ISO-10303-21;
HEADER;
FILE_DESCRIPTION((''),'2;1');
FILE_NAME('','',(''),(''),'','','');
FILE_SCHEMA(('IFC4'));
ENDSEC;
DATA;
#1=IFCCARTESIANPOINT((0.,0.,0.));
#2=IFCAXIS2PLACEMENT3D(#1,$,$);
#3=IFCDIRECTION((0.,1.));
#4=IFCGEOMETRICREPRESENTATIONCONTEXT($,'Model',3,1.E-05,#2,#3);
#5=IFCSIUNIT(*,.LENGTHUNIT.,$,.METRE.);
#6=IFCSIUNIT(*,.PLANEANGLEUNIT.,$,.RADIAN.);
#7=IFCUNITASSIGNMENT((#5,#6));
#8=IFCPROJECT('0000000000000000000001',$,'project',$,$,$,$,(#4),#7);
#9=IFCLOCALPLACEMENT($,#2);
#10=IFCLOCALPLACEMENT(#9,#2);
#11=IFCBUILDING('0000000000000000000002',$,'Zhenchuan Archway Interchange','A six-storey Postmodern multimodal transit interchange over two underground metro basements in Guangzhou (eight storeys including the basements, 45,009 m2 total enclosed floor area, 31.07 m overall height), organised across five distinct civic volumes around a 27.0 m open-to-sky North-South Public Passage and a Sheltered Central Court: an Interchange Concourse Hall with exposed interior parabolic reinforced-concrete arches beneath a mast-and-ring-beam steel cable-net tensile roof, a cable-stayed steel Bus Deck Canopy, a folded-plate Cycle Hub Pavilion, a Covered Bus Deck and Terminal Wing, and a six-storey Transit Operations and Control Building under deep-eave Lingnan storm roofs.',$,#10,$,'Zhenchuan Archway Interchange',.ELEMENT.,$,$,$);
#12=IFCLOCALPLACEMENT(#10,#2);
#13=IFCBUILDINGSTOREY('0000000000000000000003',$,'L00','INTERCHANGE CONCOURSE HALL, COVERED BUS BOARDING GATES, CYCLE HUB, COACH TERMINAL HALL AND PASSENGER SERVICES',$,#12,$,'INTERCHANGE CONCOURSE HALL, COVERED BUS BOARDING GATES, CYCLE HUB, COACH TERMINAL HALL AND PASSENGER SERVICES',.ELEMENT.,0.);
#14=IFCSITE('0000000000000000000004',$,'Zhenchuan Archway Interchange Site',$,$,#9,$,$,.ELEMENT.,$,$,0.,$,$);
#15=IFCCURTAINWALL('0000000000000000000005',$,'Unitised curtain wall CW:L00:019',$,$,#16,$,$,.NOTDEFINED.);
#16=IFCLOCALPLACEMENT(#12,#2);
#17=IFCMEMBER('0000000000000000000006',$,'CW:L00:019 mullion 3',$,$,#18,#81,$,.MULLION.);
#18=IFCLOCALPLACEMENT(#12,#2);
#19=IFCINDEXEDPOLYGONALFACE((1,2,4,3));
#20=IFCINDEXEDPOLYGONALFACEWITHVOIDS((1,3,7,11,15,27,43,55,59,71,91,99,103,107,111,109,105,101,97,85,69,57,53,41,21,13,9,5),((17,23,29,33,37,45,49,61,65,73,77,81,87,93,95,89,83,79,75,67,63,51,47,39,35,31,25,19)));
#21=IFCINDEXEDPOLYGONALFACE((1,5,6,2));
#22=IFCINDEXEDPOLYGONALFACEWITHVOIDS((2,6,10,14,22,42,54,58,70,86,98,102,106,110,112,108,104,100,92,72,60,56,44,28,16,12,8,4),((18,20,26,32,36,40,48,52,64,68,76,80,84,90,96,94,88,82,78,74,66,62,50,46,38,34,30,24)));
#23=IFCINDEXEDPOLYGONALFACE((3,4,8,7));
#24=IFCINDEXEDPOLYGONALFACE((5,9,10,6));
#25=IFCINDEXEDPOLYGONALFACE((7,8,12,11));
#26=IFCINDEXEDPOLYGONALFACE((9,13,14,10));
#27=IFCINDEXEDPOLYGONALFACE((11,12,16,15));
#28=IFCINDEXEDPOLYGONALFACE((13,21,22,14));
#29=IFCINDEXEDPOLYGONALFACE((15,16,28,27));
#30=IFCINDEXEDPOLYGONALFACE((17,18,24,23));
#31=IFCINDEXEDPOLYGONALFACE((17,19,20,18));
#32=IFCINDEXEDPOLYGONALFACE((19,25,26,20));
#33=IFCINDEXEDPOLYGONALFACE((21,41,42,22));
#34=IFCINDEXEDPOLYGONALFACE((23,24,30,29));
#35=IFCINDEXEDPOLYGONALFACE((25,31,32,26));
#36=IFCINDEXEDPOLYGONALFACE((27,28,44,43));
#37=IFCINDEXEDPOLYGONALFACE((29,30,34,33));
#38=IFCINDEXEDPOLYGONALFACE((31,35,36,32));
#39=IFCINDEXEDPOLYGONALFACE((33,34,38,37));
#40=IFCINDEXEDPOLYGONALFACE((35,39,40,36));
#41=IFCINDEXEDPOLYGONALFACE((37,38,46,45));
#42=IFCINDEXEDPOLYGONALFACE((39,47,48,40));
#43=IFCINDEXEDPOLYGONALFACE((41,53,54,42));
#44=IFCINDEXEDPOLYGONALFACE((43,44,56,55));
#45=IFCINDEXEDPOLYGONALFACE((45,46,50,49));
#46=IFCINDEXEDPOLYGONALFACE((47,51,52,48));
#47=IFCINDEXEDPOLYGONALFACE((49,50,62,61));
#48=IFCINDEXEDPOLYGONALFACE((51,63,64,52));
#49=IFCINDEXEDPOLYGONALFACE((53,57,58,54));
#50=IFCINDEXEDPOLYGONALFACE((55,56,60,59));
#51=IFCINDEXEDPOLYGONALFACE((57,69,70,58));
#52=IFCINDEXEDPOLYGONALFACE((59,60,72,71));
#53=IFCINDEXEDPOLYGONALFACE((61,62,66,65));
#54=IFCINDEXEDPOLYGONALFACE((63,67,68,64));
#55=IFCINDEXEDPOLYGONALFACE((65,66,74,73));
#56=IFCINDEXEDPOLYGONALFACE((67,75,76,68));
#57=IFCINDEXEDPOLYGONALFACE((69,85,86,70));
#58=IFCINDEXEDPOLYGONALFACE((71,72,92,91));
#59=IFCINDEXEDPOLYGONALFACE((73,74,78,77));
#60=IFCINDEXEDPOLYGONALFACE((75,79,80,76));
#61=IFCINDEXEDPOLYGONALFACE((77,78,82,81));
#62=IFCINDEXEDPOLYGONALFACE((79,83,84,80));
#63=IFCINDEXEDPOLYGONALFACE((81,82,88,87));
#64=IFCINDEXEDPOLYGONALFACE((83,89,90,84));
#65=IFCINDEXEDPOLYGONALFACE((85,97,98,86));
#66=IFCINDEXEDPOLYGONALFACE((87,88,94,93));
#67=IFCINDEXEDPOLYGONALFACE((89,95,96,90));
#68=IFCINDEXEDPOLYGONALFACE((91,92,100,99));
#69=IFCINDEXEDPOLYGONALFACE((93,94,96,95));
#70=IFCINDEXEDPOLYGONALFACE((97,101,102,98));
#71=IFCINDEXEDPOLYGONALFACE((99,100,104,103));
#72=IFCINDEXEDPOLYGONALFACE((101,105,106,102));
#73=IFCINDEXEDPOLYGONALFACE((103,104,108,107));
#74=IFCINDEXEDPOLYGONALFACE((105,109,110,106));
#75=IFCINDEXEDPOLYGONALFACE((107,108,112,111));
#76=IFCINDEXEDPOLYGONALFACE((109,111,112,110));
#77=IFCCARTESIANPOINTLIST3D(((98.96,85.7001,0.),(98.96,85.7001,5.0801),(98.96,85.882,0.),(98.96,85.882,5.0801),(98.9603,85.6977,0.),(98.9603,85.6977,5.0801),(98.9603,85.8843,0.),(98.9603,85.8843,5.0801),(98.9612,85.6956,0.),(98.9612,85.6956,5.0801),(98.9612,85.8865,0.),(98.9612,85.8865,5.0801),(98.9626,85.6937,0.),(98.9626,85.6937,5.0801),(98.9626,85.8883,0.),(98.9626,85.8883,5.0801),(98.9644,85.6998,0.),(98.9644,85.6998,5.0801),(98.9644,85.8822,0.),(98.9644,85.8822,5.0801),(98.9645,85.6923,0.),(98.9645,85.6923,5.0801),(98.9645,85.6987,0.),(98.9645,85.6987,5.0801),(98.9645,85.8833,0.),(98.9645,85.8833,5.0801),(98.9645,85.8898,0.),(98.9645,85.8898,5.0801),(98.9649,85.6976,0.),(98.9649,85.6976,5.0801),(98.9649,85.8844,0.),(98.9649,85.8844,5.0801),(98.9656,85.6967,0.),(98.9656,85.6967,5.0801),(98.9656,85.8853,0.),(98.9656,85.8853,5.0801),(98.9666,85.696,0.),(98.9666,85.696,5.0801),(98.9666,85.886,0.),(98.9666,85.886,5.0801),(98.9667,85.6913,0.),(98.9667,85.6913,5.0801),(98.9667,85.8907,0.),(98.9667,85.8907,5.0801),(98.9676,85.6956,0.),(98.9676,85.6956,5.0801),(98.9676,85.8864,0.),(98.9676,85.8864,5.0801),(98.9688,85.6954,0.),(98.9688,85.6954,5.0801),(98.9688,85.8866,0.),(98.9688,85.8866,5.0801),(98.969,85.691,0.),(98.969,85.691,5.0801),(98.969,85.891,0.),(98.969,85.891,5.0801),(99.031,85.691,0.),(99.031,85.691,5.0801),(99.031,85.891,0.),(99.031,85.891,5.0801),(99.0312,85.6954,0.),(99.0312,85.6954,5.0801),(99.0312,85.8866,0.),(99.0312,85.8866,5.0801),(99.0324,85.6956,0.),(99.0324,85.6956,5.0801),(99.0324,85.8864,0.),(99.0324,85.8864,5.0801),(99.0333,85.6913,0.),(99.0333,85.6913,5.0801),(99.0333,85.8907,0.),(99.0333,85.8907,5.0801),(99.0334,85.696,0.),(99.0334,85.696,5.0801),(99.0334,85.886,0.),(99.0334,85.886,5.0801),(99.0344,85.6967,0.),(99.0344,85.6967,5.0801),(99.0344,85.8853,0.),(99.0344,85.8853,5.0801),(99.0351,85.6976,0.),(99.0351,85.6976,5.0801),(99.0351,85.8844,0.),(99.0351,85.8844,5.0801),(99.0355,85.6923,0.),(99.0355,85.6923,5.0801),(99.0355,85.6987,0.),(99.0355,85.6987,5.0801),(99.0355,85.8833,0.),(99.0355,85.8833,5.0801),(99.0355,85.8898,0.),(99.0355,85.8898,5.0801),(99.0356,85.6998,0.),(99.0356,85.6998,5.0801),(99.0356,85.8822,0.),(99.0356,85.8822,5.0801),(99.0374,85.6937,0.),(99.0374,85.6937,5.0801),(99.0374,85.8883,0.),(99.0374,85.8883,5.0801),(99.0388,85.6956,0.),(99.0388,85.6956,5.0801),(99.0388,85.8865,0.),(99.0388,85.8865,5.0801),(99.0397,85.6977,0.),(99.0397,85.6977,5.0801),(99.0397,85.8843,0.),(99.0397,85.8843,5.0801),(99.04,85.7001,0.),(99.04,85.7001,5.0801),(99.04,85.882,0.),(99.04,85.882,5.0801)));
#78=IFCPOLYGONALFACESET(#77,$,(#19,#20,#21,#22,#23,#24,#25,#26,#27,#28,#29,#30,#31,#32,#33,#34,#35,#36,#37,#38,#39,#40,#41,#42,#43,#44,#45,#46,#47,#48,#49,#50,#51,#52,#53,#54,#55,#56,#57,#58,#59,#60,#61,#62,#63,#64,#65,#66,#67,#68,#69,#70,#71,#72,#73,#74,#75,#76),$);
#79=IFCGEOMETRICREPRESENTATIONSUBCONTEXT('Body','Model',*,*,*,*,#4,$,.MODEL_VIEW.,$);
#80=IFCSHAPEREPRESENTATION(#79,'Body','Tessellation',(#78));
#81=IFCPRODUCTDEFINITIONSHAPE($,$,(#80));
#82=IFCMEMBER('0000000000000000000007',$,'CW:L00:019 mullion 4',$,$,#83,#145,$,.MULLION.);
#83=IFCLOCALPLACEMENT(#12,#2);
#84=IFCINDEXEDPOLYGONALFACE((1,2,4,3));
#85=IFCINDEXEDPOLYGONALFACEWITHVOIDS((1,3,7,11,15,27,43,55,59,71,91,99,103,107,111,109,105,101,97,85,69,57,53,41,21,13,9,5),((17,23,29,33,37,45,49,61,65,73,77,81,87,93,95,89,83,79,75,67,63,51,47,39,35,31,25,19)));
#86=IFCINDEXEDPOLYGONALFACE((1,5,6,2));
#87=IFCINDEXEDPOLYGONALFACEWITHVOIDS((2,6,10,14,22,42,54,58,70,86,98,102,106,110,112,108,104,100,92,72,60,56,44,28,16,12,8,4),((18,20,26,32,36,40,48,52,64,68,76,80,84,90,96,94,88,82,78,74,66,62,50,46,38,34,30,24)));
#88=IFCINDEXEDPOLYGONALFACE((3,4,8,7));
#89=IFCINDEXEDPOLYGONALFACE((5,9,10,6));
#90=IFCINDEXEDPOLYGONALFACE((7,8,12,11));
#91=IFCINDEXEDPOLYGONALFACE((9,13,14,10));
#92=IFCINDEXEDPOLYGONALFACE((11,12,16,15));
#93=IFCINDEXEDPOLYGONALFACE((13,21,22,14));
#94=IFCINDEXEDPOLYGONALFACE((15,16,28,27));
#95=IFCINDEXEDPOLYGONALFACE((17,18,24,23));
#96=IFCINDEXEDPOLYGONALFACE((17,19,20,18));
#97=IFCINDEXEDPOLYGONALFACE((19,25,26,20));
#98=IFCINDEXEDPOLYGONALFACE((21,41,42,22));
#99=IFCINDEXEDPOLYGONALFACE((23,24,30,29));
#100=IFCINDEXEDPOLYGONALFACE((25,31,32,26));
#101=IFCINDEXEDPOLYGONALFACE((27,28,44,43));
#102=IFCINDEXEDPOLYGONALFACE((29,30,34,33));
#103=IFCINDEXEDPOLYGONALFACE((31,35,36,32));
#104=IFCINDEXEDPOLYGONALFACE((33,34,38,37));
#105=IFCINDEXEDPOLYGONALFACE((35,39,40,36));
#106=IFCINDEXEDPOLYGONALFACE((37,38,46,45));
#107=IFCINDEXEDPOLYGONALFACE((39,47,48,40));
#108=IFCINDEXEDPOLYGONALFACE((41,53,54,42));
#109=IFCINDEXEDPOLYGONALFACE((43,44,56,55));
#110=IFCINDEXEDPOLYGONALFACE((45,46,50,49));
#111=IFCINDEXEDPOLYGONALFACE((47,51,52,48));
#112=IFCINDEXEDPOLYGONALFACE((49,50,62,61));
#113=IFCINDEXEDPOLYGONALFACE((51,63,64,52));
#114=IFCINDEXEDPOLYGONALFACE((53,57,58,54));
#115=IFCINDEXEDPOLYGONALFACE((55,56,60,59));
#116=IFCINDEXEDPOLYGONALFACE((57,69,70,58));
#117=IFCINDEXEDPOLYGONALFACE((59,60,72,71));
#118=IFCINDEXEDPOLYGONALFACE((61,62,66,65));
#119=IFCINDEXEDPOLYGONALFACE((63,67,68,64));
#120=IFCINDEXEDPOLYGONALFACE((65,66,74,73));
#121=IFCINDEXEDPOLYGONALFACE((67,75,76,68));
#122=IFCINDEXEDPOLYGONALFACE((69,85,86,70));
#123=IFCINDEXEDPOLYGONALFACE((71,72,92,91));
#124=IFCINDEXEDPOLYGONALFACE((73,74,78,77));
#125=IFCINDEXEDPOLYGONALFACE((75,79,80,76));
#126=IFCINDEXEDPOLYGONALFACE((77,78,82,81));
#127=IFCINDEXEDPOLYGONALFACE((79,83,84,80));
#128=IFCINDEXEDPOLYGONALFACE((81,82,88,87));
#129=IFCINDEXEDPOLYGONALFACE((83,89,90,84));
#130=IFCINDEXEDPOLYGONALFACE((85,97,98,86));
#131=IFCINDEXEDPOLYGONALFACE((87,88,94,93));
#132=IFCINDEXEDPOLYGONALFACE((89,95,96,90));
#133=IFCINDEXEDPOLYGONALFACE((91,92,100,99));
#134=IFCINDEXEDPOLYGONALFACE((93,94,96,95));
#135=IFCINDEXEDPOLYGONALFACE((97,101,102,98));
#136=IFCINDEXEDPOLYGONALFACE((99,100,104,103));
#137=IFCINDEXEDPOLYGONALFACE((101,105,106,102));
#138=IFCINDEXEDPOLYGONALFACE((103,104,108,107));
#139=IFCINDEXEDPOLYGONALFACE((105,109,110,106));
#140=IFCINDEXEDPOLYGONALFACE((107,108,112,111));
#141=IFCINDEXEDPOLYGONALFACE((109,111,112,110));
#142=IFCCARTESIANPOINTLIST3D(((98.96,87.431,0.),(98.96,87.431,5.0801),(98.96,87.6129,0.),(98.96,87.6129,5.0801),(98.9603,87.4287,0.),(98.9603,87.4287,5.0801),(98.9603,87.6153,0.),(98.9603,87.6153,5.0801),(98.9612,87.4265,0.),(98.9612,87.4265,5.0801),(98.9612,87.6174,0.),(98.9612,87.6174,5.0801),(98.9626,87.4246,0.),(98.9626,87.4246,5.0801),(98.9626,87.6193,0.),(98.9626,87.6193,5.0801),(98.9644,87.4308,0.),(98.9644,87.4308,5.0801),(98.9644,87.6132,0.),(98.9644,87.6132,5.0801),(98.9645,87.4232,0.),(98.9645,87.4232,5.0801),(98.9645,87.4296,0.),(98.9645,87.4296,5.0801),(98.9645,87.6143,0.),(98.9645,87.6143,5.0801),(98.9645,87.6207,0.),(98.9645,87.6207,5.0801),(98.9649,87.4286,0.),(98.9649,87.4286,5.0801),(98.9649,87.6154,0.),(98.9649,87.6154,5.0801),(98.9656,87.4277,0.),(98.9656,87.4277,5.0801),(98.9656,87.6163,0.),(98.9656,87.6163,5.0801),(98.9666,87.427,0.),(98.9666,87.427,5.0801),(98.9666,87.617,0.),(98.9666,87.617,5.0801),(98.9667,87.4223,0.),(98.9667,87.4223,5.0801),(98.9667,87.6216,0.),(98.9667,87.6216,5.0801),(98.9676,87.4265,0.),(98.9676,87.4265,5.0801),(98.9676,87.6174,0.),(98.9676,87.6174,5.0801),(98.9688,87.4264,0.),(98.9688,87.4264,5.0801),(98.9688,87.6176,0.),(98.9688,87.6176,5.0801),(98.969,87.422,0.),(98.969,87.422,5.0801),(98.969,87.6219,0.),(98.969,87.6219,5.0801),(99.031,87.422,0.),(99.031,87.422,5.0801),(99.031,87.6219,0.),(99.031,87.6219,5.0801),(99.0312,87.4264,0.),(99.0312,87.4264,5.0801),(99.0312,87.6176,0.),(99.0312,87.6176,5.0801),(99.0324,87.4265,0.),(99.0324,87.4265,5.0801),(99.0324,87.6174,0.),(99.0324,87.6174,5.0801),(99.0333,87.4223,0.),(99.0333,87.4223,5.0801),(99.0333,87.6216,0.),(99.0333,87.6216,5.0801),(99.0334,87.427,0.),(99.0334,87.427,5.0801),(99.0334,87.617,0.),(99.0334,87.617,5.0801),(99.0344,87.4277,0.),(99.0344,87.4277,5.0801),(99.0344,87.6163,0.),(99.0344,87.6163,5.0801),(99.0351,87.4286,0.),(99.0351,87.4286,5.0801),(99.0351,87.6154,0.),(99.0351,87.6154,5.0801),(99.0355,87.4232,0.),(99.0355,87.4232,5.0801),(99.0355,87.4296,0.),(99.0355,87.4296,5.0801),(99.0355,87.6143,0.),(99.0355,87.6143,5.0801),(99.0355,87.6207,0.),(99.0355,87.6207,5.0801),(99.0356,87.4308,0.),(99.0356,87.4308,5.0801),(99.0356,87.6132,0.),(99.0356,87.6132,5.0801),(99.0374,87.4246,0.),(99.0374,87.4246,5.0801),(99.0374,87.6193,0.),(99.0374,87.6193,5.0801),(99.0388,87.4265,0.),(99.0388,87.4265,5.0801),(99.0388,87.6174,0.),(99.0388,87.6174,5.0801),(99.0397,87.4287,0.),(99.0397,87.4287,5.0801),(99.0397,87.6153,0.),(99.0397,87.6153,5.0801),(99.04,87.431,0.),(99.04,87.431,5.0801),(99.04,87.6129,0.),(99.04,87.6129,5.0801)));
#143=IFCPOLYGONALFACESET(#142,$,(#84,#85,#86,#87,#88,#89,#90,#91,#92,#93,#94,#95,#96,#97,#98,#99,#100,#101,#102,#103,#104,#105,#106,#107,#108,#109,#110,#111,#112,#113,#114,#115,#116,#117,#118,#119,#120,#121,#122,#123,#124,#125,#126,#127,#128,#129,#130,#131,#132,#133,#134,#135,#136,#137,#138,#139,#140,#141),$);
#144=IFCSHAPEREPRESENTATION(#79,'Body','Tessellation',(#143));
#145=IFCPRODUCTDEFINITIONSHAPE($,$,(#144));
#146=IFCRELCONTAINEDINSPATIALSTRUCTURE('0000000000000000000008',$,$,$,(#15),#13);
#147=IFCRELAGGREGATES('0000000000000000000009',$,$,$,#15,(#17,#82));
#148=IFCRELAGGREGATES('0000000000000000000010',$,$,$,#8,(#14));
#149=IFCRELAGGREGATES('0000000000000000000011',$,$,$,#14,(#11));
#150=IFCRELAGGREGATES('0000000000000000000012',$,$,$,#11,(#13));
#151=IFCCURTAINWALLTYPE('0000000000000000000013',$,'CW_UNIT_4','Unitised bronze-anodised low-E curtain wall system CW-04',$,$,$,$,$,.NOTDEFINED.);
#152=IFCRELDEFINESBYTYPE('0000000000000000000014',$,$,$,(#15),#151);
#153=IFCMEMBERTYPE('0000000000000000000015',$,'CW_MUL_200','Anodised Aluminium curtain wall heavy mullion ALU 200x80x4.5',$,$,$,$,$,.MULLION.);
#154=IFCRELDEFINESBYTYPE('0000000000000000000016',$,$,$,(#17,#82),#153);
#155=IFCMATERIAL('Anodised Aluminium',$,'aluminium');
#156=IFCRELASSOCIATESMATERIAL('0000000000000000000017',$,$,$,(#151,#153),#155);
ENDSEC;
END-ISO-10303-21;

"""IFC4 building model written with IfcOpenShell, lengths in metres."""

from ifc_helpers import new_model, si_unit, direction, frame, origin, origin_2d, place, context, subcontext, project, spatial, hollow_rectangle, extrude, material, material_profile, profile_set, type_object, element, aggregate, save


model = new_model("IFC4")

# Units and contexts
model_context = context("Model", 3, precision=1e-05, world=origin(), true_north=direction((0.0, 1.0)))
body_context = subcontext(model_context, "Body", "Model", "MODEL_VIEW")
ifc_project = project(units=[si_unit("LENGTHUNIT", "METRE"), si_unit("PLANEANGLEUNIT", "RADIAN")], contexts=[model_context])

# Site, building, storey
site_placement = place(None, origin())
site = spatial("IfcSite", under=ifc_project, at=site_placement, Name="Zhenchuan Archway Interchange Site", CompositionType="ELEMENT", RefElevation=0.0)
building_placement = place(site_placement, origin())
building = spatial("IfcBuilding", under=site, at=building_placement, Name="Zhenchuan Archway Interchange", Description="A six-storey Postmodern multimodal transit interchange over two underground metro basements in Guangzhou (eight storeys including the basements, 45,009 m2 total enclosed floor area, 31.07 m overall height), organised across five distinct civic volumes around a 27.0 m open-to-sky North-South Public Passage and a Sheltered Central Court: an Interchange Concourse Hall with exposed interior parabolic reinforced-concrete arches beneath a mast-and-ring-beam steel cable-net tensile roof, a cable-stayed steel Bus Deck Canopy, a folded-plate Cycle Hub Pavilion, a Covered Bus Deck and Terminal Wing, and a six-storey Transit Operations and Control Building under deep-eave Lingnan storm roofs.", LongName="Zhenchuan Archway Interchange", CompositionType="ELEMENT")
storey_placement = place(building_placement, origin())
storey = spatial("IfcBuildingStorey", under=building, at=storey_placement, Name="L00", Description="INTERCHANGE CONCOURSE HALL, COVERED BUS BOARDING GATES, CYCLE HUB, COACH TERMINAL HALL AND PASSENGER SERVICES", LongName="INTERCHANGE CONCOURSE HALL, COVERED BUS BOARDING GATES, CYCLE HUB, COACH TERMINAL HALL AND PASSENGER SERVICES", CompositionType="ELEMENT", Elevation=0.0)

# Curtain wall, members
ifc_material_1 = material(Name="Anodised Aluminium", Category="aluminium")
curtain_wall_type = type_object("IfcCurtainWallType", Name="CW_UNIT_4", Description="Unitised bronze-anodised low-E curtain wall system CW-04", PredefinedType="NOTDEFINED", material=ifc_material_1)
curtain_wall_placement = place(storey_placement, origin())
curtain_wall = element("IfcCurtainWall", 1, at=curtain_wall_placement, inside=storey, type_object=curtain_wall_type, Name="Unitised curtain wall CW:L00:019", PredefinedType="NOTDEFINED")
ifc_material_profile_1 = material_profile(ifc_material_1, hollow_rectangle(XDim=0.0801, YDim=0.2, WallThickness=0.0044, InnerFilletRadius=0.0044, OuterFilletRadius=0.009, at=origin_2d()), Name="ALU 200x80x4.5")
ifc_profile_set_1 = profile_set([ifc_material_profile_1], Name="Anodised Aluminium")
member_type_1 = type_object("IfcMemberType", Name="CW_MUL_200", Description="Anodised Aluminium curtain wall heavy mullion ALU 200x80x4.5", PredefinedType="MULLION", material=ifc_profile_set_1)
member_1_placement = place(storey_placement, frame((99.0, 85.791, 0.0), z_axis=(0.0, 0.0, 1.0), x_axis=(1.0, 0.0, 0.0)))
member_1 = element("IfcMember", 2, at=member_1_placement, type_object=member_type_1, Name="CW:L00:019 mullion 3", PredefinedType="MULLION", context=body_context, shape_type="SweptSolid", body=[
    extrude(hollow_rectangle(XDim=0.0801, YDim=0.2, WallThickness=0.0044, InnerFilletRadius=0.0044, OuterFilletRadius=0.009, at=origin_2d()), origin(), (0.0, 0.0, 1.0), 5.0801),
])
member_2_placement = place(storey_placement, frame((99.0, 87.522, 0.0), z_axis=(0.0, 0.0, 1.0), x_axis=(1.0, 0.0, 0.0)))
member_2 = element("IfcMember", 3, at=member_2_placement, type_object=member_type_1, Name="CW:L00:019 mullion 4", PredefinedType="MULLION", context=body_context, shape_type="SweptSolid", body=[
    extrude(hollow_rectangle(XDim=0.0801, YDim=0.2, WallThickness=0.0044, InnerFilletRadius=0.0044, OuterFilletRadius=0.009, at=origin_2d()), origin(), (0.0, 0.0, 1.0), 5.0801),
])

aggregate(curtain_wall, [member_1, member_2])

save(model, "model.ifc")
